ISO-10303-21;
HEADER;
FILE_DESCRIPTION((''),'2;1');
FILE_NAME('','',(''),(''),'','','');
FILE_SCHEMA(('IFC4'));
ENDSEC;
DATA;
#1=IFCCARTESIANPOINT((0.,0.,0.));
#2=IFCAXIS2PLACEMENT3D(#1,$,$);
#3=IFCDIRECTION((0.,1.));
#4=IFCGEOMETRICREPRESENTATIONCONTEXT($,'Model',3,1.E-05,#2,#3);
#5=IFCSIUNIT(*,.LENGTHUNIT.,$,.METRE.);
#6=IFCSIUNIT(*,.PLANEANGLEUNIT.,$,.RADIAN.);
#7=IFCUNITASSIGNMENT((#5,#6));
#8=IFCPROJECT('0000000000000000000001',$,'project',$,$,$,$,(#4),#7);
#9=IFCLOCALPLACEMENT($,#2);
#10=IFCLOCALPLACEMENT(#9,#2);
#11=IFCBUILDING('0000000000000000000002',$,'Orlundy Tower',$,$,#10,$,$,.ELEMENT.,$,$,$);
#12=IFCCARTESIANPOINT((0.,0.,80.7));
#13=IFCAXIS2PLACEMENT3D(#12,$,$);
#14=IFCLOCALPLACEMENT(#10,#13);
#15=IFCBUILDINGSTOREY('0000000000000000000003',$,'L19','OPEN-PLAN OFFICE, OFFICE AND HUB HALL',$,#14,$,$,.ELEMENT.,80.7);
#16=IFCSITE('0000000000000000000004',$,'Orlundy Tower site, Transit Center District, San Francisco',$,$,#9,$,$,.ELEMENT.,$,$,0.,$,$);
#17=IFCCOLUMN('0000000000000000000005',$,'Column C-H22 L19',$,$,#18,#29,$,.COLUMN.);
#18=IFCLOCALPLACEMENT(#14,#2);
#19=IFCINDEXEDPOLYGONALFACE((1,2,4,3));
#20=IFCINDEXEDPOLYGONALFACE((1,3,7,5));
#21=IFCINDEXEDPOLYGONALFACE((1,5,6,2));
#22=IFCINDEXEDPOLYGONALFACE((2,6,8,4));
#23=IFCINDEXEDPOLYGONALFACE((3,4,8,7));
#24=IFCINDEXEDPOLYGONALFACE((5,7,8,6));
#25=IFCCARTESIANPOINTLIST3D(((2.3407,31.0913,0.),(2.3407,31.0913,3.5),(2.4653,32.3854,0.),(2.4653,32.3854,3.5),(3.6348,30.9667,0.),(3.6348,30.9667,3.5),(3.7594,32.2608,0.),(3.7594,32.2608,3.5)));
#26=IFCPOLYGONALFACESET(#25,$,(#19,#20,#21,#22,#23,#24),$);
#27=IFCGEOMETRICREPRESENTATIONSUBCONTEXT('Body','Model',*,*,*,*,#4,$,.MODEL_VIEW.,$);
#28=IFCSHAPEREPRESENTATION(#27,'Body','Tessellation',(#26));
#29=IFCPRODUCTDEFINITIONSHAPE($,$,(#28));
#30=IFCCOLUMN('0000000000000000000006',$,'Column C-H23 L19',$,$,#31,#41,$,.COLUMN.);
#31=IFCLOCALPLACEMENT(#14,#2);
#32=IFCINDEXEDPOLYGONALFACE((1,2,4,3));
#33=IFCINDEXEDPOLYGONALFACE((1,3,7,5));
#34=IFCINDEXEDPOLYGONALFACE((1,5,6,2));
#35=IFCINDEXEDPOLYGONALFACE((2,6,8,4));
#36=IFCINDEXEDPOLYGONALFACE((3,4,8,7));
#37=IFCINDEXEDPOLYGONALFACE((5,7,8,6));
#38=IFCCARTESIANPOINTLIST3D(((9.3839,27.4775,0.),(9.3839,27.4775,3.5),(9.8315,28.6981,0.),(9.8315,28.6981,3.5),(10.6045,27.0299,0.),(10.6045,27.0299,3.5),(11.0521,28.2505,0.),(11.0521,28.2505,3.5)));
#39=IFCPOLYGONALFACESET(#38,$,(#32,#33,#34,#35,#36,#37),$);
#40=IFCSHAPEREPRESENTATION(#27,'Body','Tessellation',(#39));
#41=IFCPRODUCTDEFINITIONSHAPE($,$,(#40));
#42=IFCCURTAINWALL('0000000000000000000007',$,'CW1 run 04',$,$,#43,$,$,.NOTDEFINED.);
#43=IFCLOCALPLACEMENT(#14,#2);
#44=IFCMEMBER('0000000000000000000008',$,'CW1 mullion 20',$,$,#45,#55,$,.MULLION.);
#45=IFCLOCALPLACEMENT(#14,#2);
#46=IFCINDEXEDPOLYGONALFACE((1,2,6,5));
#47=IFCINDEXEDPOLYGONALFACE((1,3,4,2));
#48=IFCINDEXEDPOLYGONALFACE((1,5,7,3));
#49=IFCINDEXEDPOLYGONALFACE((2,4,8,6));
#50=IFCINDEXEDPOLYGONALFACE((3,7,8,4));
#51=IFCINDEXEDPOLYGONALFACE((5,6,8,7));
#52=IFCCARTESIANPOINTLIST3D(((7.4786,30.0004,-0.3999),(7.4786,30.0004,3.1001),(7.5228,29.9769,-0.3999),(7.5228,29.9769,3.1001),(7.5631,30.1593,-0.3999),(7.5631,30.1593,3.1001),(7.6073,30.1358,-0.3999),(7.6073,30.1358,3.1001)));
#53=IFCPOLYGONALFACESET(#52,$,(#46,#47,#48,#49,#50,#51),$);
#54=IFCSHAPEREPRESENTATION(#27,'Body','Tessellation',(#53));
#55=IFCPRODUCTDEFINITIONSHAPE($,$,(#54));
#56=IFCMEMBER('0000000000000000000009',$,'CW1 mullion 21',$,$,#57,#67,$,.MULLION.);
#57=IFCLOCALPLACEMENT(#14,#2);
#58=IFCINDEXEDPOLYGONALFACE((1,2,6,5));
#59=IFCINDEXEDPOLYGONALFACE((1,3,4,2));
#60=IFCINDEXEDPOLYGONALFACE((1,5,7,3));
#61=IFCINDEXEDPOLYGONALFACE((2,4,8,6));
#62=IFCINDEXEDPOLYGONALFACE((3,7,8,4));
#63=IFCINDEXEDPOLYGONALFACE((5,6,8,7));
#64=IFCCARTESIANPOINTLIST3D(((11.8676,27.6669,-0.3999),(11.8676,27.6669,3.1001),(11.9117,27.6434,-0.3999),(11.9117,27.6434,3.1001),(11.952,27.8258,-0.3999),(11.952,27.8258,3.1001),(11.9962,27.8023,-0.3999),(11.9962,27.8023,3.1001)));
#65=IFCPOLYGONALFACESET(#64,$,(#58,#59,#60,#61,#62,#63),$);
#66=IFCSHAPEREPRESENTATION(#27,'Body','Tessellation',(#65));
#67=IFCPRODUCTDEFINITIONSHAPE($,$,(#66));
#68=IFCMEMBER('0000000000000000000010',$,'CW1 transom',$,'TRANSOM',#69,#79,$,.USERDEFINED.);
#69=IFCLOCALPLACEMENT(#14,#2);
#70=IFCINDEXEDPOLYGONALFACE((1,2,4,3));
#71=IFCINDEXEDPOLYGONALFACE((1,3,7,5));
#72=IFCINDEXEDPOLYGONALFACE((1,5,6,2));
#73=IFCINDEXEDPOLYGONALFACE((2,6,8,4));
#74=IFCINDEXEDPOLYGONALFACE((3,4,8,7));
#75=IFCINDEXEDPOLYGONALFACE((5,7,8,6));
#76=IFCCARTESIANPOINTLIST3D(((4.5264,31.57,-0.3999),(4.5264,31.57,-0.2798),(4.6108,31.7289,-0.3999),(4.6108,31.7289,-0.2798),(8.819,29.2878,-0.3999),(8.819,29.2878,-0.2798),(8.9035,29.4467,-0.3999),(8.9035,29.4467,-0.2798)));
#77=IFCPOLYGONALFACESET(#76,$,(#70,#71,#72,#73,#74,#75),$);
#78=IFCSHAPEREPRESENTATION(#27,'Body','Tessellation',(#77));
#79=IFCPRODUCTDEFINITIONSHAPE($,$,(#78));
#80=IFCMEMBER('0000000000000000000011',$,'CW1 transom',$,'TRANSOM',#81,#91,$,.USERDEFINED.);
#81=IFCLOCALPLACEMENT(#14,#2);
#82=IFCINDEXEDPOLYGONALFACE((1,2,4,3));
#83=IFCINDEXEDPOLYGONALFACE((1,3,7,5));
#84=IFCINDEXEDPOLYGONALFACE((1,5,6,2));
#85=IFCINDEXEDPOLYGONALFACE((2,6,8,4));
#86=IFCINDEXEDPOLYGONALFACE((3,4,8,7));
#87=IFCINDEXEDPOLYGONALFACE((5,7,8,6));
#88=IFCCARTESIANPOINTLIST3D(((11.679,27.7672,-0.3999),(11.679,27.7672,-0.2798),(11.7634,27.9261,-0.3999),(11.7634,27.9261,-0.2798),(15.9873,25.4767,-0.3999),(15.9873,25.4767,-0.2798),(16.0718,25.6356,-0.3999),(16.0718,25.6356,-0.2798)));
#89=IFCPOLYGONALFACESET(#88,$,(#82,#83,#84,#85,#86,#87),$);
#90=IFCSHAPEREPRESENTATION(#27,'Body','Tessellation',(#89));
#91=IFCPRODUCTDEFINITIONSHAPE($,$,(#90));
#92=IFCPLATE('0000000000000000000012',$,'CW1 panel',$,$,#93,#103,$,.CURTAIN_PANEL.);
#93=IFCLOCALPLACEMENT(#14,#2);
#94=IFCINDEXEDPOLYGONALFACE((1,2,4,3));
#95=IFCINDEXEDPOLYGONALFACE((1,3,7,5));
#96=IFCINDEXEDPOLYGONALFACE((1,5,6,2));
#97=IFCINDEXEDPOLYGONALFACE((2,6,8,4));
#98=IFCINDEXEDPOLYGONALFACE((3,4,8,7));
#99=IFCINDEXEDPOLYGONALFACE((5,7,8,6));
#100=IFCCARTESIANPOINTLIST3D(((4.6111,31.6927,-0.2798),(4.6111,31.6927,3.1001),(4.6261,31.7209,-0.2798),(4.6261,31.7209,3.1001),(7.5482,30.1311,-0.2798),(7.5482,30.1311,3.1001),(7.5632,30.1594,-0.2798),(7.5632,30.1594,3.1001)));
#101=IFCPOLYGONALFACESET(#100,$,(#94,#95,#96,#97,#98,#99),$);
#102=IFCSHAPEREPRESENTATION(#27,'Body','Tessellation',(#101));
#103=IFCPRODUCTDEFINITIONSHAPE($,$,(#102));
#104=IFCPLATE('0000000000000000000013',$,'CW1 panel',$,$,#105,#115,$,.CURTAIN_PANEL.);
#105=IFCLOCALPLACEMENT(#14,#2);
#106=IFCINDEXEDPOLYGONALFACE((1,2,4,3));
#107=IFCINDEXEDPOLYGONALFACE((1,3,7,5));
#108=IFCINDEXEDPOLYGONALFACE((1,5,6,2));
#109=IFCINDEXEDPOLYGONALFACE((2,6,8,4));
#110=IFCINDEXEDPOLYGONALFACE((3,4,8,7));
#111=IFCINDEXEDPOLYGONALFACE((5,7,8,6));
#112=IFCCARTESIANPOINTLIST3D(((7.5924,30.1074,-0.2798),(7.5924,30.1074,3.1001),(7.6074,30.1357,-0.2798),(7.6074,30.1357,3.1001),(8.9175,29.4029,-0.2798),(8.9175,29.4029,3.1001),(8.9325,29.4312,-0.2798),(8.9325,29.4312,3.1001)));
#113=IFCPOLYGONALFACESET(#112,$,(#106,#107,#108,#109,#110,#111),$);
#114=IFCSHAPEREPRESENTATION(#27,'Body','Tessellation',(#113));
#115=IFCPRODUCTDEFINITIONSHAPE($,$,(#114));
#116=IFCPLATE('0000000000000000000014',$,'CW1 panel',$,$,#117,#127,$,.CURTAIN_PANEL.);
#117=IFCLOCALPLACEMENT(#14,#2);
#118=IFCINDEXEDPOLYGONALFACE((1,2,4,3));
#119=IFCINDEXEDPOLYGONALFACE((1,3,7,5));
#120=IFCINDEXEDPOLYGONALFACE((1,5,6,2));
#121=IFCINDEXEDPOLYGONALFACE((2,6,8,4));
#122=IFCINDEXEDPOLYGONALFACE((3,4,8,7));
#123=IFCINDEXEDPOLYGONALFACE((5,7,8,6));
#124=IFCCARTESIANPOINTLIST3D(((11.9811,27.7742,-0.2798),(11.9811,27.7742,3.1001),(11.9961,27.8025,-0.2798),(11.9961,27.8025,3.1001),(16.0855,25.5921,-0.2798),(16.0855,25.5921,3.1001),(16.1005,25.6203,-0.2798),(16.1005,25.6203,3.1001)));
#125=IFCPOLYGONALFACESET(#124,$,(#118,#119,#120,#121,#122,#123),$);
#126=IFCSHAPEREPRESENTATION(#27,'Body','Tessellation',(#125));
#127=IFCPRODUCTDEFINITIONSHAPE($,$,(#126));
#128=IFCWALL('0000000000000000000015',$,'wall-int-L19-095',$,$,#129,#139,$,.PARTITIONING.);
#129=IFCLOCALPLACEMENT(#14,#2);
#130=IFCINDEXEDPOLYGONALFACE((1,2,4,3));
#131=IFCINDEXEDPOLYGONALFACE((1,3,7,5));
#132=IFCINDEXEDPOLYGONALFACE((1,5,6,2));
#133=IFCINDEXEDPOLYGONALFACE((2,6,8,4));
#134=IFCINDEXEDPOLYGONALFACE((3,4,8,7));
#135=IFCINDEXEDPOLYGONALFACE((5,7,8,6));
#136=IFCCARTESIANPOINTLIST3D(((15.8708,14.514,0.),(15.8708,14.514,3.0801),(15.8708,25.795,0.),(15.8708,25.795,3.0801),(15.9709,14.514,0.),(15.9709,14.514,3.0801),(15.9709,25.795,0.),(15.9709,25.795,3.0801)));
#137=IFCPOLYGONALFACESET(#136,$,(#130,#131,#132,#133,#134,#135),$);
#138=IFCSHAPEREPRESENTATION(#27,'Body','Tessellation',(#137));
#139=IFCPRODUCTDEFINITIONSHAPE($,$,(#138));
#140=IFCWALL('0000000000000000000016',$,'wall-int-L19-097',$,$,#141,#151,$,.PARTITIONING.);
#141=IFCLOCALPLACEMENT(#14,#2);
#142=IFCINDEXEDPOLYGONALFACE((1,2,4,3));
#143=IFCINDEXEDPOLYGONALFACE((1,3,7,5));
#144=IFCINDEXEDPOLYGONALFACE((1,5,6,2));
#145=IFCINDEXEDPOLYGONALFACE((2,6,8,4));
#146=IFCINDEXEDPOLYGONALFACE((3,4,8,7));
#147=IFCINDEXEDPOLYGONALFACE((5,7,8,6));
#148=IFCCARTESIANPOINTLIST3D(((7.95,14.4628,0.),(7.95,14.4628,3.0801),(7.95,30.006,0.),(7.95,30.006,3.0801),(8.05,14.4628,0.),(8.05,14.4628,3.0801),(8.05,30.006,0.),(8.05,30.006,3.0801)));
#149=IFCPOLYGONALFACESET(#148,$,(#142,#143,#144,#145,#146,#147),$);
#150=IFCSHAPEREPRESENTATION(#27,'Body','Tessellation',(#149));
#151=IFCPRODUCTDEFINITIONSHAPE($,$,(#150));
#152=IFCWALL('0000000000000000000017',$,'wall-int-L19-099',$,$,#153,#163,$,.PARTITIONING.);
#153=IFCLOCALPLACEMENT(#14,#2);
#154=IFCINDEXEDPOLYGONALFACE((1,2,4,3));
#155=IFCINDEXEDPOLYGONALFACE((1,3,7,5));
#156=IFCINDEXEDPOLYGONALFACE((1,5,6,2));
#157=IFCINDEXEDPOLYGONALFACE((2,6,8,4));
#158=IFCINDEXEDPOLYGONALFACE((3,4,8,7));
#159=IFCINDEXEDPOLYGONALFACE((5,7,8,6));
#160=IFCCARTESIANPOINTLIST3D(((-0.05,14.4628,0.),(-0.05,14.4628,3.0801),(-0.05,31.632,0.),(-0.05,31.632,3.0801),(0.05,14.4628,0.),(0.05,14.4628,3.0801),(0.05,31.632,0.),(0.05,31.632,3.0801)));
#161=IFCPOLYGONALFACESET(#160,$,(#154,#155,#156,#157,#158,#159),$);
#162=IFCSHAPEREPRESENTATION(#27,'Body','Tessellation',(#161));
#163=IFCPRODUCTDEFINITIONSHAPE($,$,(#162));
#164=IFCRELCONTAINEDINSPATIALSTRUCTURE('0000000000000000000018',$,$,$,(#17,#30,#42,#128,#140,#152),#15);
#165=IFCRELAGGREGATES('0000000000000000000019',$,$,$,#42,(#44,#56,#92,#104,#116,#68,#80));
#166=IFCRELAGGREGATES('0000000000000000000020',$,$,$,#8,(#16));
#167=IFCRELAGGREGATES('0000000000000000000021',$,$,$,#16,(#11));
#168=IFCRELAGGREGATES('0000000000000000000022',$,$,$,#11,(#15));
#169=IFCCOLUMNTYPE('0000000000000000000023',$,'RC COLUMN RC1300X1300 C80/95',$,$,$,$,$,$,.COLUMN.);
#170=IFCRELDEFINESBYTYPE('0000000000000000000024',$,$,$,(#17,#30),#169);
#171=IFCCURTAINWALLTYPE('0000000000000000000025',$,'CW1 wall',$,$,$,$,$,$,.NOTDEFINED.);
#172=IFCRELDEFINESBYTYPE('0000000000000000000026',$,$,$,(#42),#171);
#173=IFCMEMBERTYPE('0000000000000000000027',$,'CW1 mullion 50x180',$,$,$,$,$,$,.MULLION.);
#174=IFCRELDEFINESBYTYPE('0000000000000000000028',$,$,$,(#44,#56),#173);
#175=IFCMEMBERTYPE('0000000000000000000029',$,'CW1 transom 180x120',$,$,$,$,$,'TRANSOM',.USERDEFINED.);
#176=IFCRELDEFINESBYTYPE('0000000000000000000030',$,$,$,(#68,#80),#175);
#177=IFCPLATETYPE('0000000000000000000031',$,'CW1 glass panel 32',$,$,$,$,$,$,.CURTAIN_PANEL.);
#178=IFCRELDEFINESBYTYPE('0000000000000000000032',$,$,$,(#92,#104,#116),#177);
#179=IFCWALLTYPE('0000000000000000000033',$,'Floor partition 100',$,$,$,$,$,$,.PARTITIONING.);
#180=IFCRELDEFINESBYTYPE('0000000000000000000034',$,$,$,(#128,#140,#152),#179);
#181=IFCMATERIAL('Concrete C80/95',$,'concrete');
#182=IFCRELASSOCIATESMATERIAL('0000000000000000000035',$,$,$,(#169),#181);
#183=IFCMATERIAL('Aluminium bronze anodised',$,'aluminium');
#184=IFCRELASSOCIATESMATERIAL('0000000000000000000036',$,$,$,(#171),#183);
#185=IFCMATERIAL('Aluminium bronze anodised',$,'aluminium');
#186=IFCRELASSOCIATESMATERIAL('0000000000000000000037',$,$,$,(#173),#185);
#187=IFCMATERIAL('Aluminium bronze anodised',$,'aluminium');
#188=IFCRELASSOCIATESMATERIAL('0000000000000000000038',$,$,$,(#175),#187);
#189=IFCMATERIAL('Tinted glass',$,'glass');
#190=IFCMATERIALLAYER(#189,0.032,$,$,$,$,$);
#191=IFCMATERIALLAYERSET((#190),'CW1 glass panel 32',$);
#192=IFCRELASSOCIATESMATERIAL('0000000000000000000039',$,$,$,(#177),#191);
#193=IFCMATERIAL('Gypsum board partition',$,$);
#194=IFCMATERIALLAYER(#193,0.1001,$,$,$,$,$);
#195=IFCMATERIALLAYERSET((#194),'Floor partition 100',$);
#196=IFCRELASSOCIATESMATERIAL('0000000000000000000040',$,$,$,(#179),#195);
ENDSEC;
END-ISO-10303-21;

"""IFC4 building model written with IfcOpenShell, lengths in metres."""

from ifc_helpers import new_model, si_unit, direction, frame, frame_2d, origin, origin_2d, place, context, subcontext, project, spatial, rectangle, extrude, material, layer, layer_set, material_profile, profile_set, type_object, element, aggregate, save


model = new_model("IFC4")

# Units and contexts
model_context = context("Model", 3, precision=1e-05, world=origin(), true_north=direction((0.0, 1.0)))
body_context = subcontext(model_context, "Body", "Model", "MODEL_VIEW")
ifc_project = project(units=[si_unit("LENGTHUNIT", "METRE"), si_unit("PLANEANGLEUNIT", "RADIAN")], contexts=[model_context])

# Site, building, storey
site_placement = place(None, origin())
site = spatial("IfcSite", under=ifc_project, at=site_placement, Name="Orlundy Tower site, Transit Center District, San Francisco", CompositionType="ELEMENT", RefElevation=0.0)
building_placement = place(site_placement, origin())
building = spatial("IfcBuilding", under=site, at=building_placement, Name="Orlundy Tower", CompositionType="ELEMENT")
storey_placement = place(building_placement, frame((0.0, 0.0, 80.7)))
storey = spatial("IfcBuildingStorey", under=building, at=storey_placement, Name="L19", Description="OPEN-PLAN OFFICE, OFFICE AND HUB HALL", CompositionType="ELEMENT", Elevation=80.7)

# Columns
ifc_material_1 = material(Name="Concrete C80/95", Category="concrete")
ifc_material_profile_1 = material_profile(ifc_material_1, rectangle(XDim=1.3, YDim=1.3, at=origin_2d()), Name="RC1300X1300")
ifc_profile_set_1 = profile_set([ifc_material_profile_1], Name="Concrete C80/95")
column_type = type_object("IfcColumnType", Name="RC COLUMN RC1300X1300 C80/95", PredefinedType="COLUMN", material=ifc_profile_set_1)
for number, where, z_axis, x_axis, name in (
    (1, (3.05, 31.676, 0.0), (0.0, 0.0, 1.0), (0.095846, 0.995396, 0.0), "Column C-H22 L19"),
    (2, (10.218, 27.864, 0.0), (0.0, 0.0, 1.0), (0.344282, 0.938866, 0.0), "Column C-H23 L19"),
):
    element("IfcColumn", number, at=place(storey_placement, frame(where, z_axis=z_axis, x_axis=x_axis)), inside=storey, type_object=column_type, Name=name, PredefinedType="COLUMN", context=body_context, shape_type="SweptSolid", body=[
        extrude(rectangle(XDim=1.3, YDim=1.3, at=origin_2d()), origin(), (0.0, 0.0, 1.0), 3.5),
    ])

# Curtain wall, members, plates
ifc_material_2 = material(Name="Aluminium bronze anodised", Category="aluminium")
curtain_wall_type = type_object("IfcCurtainWallType", Name="CW1 wall", PredefinedType="NOTDEFINED", material=ifc_material_2)
curtain_wall_placement = place(storey_placement, origin())
curtain_wall = element("IfcCurtainWall", 3, at=curtain_wall_placement, inside=storey, type_object=curtain_wall_type, Name="CW1 run 04", PredefinedType="NOTDEFINED")
ifc_material_3 = material(Name="Aluminium bronze anodised", Category="aluminium")
ifc_material_profile_2 = material_profile(ifc_material_3, rectangle(XDim=0.1799, YDim=0.05, at=origin_2d()), Name="CW1 mullion 50x180")
ifc_profile_set_2 = profile_set([ifc_material_profile_2], Name="Aluminium bronze anodised")
member_type_1 = type_object("IfcMemberType", Name="CW1 mullion 50x180", PredefinedType="MULLION", material=ifc_profile_set_2)
member_1_placement = place(storey_placement, frame((7.543, 30.0681, -0.3999), z_axis=(0.0, 0.0, 1.0), x_axis=(0.469445, 0.882961, 0.0)))
member_1 = element("IfcMember", 4, at=member_1_placement, type_object=member_type_1, Name="CW1 mullion 20", PredefinedType="MULLION", context=body_context, shape_type="SweptSolid", body=[
    extrude(rectangle(XDim=0.1799, YDim=0.05, at=origin_2d()), origin(), (0.0, 0.0, 1.0), 3.5),
])
member_2_placement = place(storey_placement, frame((11.9319, 27.7346, -0.3999), z_axis=(0.0, 0.0, 1.0), x_axis=(0.469445, 0.882961, 0.0)))
member_2 = element("IfcMember", 5, at=member_2_placement, type_object=member_type_1, Name="CW1 mullion 21", PredefinedType="MULLION", context=body_context, shape_type="SweptSolid", body=[
    extrude(rectangle(XDim=0.1799, YDim=0.05, at=origin_2d()), origin(), (0.0, 0.0, 1.0), 3.5),
])
ifc_material_4 = material(Name="Aluminium bronze anodised", Category="aluminium")
ifc_material_profile_3 = material_profile(ifc_material_4, rectangle(XDim=0.1799, YDim=0.1201, at=origin_2d()), Name="CW1 transom 180x120")
ifc_profile_set_3 = profile_set([ifc_material_profile_3], Name="Aluminium bronze anodised")
member_type_2 = type_object("IfcMemberType", Name="CW1 transom 180x120", ElementType="TRANSOM", PredefinedType="USERDEFINED", material=ifc_profile_set_3)
member_3_placement = place(storey_placement, frame((4.5686, 31.6494, -0.3398), z_axis=(0.882969, -0.469431, 0.0), x_axis=(0.469431, 0.882969, 0.0)))
member_3 = element("IfcMember", 6, at=member_3_placement, type_object=member_type_2, Name="CW1 transom", ObjectType="TRANSOM", PredefinedType="USERDEFINED", context=body_context, shape_type="SweptSolid", body=[
    extrude(rectangle(XDim=0.1799, YDim=0.1201, at=origin_2d()), origin(), (0.0, 0.0, 1.0), 4.8616),
])
member_4_placement = place(storey_placement, frame((11.7212, 27.8467, -0.3398), z_axis=(0.88297, -0.46943, 0.0), x_axis=(0.46943, 0.88297, 0.0)))
member_4 = element("IfcMember", 7, at=member_4_placement, type_object=member_type_2, Name="CW1 transom", ObjectType="TRANSOM", PredefinedType="USERDEFINED", context=body_context, shape_type="SweptSolid", body=[
    extrude(rectangle(XDim=0.1799, YDim=0.1201, at=origin_2d()), origin(), (0.0, 0.0, 1.0), 4.8794),
])
ifc_material_5 = material(Name="Tinted glass", Category="glass")
ifc_layer_1 = layer(ifc_material_5, 0.032)
ifc_layer_set_1 = layer_set([ifc_layer_1], Name="CW1 glass panel 32")
plate_type = type_object("IfcPlateType", Name="CW1 glass panel 32", PredefinedType="CURTAIN_PANEL", material=ifc_layer_set_1)
plate_1_placement = place(storey_placement, frame((6.0872, 30.926, -0.2798), z_axis=(0.0, 0.0, 1.0), x_axis=(0.882961, -0.469445, 0.0)))
plate_1 = element("IfcPlate", 8, at=plate_1_placement, type_object=plate_type, Name="CW1 panel", PredefinedType="CURTAIN_PANEL", context=body_context, shape_type="SweptSolid", body=[
    extrude(rectangle(XDim=3.3264, YDim=0.032, at=origin_2d()), origin(), (0.0, 0.0, 1.0), 3.3799),
])
plate_2_placement = place(storey_placement, frame((8.2625, 29.7693, -0.2798), z_axis=(0.0, 0.0, 1.0), x_axis=(0.882961, -0.469445, 0.0)))
plate_2 = element("IfcPlate", 9, at=plate_2_placement, type_object=plate_type, Name="CW1 panel", PredefinedType="CURTAIN_PANEL", context=body_context, shape_type="SweptSolid", body=[
    extrude(rectangle(XDim=1.5007, YDim=0.032, at=origin_2d()), origin(), (0.0, 0.0, 1.0), 3.3799),
])
plate_3_placement = place(storey_placement, frame((14.0408, 26.6973, -0.2798), z_axis=(0.0, 0.0, 1.0), x_axis=(0.882961, -0.469445, 0.0)))
plate_3 = element("IfcPlate", 10, at=plate_3_placement, type_object=plate_type, Name="CW1 panel", PredefinedType="CURTAIN_PANEL", context=body_context, shape_type="SweptSolid", body=[
    extrude(rectangle(XDim=4.6484, YDim=0.032, at=origin_2d()), origin(), (0.0, 0.0, 1.0), 3.3799),
])
aggregate(curtain_wall, [member_1, member_2, plate_1, plate_2, plate_3, member_3, member_4])

# Walls
ifc_material_6 = material(Name="Gypsum board partition")
ifc_layer_2 = layer(ifc_material_6, 0.1001)
ifc_layer_set_2 = layer_set([ifc_layer_2], Name="Floor partition 100")
wall_type = type_object("IfcWallType", Name="Floor partition 100", PredefinedType="PARTITIONING", material=ifc_layer_set_2)
wall_1_placement = place(storey_placement, frame((15.9209, 14.5139, 0.0), z_axis=(0.0, 0.0, 1.0), x_axis=(0.0, 1.0, 0.0)))
element("IfcWall", 11, at=wall_1_placement, inside=storey, type_object=wall_type, Name="wall-int-L19-095", PredefinedType="PARTITIONING", context=body_context, shape_type="SweptSolid", body=[
    extrude(rectangle(XDim=11.281, YDim=0.1001, at=frame_2d((5.6406, 0.0))), origin(), (0.0, 0.0, 1.0), 3.0801),
])
wall_2_placement = place(storey_placement, frame((8.0, 14.4629, 0.0), z_axis=(0.0, 0.0, 1.0), x_axis=(0.0, 1.0, 0.0)))
element("IfcWall", 12, at=wall_2_placement, inside=storey, type_object=wall_type, Name="wall-int-L19-097", PredefinedType="PARTITIONING", context=body_context, shape_type="SweptSolid", body=[
    extrude(rectangle(XDim=15.5432, YDim=0.1001, at=frame_2d((7.7715, 0.0))), origin(), (0.0, 0.0, 1.0), 3.0801),
])
wall_3_placement = place(storey_placement, frame((0.0, 14.4629, 0.0), z_axis=(0.0, 0.0, 1.0), x_axis=(0.0, 1.0, 0.0)))
element("IfcWall", 13, at=wall_3_placement, inside=storey, type_object=wall_type, Name="wall-int-L19-099", PredefinedType="PARTITIONING", context=body_context, shape_type="SweptSolid", body=[
    extrude(rectangle(XDim=17.1692, YDim=0.1001, at=frame_2d((8.5845, 0.0))), origin(), (0.0, 0.0, 1.0), 3.0801),
])

save(model, "model.ifc")
